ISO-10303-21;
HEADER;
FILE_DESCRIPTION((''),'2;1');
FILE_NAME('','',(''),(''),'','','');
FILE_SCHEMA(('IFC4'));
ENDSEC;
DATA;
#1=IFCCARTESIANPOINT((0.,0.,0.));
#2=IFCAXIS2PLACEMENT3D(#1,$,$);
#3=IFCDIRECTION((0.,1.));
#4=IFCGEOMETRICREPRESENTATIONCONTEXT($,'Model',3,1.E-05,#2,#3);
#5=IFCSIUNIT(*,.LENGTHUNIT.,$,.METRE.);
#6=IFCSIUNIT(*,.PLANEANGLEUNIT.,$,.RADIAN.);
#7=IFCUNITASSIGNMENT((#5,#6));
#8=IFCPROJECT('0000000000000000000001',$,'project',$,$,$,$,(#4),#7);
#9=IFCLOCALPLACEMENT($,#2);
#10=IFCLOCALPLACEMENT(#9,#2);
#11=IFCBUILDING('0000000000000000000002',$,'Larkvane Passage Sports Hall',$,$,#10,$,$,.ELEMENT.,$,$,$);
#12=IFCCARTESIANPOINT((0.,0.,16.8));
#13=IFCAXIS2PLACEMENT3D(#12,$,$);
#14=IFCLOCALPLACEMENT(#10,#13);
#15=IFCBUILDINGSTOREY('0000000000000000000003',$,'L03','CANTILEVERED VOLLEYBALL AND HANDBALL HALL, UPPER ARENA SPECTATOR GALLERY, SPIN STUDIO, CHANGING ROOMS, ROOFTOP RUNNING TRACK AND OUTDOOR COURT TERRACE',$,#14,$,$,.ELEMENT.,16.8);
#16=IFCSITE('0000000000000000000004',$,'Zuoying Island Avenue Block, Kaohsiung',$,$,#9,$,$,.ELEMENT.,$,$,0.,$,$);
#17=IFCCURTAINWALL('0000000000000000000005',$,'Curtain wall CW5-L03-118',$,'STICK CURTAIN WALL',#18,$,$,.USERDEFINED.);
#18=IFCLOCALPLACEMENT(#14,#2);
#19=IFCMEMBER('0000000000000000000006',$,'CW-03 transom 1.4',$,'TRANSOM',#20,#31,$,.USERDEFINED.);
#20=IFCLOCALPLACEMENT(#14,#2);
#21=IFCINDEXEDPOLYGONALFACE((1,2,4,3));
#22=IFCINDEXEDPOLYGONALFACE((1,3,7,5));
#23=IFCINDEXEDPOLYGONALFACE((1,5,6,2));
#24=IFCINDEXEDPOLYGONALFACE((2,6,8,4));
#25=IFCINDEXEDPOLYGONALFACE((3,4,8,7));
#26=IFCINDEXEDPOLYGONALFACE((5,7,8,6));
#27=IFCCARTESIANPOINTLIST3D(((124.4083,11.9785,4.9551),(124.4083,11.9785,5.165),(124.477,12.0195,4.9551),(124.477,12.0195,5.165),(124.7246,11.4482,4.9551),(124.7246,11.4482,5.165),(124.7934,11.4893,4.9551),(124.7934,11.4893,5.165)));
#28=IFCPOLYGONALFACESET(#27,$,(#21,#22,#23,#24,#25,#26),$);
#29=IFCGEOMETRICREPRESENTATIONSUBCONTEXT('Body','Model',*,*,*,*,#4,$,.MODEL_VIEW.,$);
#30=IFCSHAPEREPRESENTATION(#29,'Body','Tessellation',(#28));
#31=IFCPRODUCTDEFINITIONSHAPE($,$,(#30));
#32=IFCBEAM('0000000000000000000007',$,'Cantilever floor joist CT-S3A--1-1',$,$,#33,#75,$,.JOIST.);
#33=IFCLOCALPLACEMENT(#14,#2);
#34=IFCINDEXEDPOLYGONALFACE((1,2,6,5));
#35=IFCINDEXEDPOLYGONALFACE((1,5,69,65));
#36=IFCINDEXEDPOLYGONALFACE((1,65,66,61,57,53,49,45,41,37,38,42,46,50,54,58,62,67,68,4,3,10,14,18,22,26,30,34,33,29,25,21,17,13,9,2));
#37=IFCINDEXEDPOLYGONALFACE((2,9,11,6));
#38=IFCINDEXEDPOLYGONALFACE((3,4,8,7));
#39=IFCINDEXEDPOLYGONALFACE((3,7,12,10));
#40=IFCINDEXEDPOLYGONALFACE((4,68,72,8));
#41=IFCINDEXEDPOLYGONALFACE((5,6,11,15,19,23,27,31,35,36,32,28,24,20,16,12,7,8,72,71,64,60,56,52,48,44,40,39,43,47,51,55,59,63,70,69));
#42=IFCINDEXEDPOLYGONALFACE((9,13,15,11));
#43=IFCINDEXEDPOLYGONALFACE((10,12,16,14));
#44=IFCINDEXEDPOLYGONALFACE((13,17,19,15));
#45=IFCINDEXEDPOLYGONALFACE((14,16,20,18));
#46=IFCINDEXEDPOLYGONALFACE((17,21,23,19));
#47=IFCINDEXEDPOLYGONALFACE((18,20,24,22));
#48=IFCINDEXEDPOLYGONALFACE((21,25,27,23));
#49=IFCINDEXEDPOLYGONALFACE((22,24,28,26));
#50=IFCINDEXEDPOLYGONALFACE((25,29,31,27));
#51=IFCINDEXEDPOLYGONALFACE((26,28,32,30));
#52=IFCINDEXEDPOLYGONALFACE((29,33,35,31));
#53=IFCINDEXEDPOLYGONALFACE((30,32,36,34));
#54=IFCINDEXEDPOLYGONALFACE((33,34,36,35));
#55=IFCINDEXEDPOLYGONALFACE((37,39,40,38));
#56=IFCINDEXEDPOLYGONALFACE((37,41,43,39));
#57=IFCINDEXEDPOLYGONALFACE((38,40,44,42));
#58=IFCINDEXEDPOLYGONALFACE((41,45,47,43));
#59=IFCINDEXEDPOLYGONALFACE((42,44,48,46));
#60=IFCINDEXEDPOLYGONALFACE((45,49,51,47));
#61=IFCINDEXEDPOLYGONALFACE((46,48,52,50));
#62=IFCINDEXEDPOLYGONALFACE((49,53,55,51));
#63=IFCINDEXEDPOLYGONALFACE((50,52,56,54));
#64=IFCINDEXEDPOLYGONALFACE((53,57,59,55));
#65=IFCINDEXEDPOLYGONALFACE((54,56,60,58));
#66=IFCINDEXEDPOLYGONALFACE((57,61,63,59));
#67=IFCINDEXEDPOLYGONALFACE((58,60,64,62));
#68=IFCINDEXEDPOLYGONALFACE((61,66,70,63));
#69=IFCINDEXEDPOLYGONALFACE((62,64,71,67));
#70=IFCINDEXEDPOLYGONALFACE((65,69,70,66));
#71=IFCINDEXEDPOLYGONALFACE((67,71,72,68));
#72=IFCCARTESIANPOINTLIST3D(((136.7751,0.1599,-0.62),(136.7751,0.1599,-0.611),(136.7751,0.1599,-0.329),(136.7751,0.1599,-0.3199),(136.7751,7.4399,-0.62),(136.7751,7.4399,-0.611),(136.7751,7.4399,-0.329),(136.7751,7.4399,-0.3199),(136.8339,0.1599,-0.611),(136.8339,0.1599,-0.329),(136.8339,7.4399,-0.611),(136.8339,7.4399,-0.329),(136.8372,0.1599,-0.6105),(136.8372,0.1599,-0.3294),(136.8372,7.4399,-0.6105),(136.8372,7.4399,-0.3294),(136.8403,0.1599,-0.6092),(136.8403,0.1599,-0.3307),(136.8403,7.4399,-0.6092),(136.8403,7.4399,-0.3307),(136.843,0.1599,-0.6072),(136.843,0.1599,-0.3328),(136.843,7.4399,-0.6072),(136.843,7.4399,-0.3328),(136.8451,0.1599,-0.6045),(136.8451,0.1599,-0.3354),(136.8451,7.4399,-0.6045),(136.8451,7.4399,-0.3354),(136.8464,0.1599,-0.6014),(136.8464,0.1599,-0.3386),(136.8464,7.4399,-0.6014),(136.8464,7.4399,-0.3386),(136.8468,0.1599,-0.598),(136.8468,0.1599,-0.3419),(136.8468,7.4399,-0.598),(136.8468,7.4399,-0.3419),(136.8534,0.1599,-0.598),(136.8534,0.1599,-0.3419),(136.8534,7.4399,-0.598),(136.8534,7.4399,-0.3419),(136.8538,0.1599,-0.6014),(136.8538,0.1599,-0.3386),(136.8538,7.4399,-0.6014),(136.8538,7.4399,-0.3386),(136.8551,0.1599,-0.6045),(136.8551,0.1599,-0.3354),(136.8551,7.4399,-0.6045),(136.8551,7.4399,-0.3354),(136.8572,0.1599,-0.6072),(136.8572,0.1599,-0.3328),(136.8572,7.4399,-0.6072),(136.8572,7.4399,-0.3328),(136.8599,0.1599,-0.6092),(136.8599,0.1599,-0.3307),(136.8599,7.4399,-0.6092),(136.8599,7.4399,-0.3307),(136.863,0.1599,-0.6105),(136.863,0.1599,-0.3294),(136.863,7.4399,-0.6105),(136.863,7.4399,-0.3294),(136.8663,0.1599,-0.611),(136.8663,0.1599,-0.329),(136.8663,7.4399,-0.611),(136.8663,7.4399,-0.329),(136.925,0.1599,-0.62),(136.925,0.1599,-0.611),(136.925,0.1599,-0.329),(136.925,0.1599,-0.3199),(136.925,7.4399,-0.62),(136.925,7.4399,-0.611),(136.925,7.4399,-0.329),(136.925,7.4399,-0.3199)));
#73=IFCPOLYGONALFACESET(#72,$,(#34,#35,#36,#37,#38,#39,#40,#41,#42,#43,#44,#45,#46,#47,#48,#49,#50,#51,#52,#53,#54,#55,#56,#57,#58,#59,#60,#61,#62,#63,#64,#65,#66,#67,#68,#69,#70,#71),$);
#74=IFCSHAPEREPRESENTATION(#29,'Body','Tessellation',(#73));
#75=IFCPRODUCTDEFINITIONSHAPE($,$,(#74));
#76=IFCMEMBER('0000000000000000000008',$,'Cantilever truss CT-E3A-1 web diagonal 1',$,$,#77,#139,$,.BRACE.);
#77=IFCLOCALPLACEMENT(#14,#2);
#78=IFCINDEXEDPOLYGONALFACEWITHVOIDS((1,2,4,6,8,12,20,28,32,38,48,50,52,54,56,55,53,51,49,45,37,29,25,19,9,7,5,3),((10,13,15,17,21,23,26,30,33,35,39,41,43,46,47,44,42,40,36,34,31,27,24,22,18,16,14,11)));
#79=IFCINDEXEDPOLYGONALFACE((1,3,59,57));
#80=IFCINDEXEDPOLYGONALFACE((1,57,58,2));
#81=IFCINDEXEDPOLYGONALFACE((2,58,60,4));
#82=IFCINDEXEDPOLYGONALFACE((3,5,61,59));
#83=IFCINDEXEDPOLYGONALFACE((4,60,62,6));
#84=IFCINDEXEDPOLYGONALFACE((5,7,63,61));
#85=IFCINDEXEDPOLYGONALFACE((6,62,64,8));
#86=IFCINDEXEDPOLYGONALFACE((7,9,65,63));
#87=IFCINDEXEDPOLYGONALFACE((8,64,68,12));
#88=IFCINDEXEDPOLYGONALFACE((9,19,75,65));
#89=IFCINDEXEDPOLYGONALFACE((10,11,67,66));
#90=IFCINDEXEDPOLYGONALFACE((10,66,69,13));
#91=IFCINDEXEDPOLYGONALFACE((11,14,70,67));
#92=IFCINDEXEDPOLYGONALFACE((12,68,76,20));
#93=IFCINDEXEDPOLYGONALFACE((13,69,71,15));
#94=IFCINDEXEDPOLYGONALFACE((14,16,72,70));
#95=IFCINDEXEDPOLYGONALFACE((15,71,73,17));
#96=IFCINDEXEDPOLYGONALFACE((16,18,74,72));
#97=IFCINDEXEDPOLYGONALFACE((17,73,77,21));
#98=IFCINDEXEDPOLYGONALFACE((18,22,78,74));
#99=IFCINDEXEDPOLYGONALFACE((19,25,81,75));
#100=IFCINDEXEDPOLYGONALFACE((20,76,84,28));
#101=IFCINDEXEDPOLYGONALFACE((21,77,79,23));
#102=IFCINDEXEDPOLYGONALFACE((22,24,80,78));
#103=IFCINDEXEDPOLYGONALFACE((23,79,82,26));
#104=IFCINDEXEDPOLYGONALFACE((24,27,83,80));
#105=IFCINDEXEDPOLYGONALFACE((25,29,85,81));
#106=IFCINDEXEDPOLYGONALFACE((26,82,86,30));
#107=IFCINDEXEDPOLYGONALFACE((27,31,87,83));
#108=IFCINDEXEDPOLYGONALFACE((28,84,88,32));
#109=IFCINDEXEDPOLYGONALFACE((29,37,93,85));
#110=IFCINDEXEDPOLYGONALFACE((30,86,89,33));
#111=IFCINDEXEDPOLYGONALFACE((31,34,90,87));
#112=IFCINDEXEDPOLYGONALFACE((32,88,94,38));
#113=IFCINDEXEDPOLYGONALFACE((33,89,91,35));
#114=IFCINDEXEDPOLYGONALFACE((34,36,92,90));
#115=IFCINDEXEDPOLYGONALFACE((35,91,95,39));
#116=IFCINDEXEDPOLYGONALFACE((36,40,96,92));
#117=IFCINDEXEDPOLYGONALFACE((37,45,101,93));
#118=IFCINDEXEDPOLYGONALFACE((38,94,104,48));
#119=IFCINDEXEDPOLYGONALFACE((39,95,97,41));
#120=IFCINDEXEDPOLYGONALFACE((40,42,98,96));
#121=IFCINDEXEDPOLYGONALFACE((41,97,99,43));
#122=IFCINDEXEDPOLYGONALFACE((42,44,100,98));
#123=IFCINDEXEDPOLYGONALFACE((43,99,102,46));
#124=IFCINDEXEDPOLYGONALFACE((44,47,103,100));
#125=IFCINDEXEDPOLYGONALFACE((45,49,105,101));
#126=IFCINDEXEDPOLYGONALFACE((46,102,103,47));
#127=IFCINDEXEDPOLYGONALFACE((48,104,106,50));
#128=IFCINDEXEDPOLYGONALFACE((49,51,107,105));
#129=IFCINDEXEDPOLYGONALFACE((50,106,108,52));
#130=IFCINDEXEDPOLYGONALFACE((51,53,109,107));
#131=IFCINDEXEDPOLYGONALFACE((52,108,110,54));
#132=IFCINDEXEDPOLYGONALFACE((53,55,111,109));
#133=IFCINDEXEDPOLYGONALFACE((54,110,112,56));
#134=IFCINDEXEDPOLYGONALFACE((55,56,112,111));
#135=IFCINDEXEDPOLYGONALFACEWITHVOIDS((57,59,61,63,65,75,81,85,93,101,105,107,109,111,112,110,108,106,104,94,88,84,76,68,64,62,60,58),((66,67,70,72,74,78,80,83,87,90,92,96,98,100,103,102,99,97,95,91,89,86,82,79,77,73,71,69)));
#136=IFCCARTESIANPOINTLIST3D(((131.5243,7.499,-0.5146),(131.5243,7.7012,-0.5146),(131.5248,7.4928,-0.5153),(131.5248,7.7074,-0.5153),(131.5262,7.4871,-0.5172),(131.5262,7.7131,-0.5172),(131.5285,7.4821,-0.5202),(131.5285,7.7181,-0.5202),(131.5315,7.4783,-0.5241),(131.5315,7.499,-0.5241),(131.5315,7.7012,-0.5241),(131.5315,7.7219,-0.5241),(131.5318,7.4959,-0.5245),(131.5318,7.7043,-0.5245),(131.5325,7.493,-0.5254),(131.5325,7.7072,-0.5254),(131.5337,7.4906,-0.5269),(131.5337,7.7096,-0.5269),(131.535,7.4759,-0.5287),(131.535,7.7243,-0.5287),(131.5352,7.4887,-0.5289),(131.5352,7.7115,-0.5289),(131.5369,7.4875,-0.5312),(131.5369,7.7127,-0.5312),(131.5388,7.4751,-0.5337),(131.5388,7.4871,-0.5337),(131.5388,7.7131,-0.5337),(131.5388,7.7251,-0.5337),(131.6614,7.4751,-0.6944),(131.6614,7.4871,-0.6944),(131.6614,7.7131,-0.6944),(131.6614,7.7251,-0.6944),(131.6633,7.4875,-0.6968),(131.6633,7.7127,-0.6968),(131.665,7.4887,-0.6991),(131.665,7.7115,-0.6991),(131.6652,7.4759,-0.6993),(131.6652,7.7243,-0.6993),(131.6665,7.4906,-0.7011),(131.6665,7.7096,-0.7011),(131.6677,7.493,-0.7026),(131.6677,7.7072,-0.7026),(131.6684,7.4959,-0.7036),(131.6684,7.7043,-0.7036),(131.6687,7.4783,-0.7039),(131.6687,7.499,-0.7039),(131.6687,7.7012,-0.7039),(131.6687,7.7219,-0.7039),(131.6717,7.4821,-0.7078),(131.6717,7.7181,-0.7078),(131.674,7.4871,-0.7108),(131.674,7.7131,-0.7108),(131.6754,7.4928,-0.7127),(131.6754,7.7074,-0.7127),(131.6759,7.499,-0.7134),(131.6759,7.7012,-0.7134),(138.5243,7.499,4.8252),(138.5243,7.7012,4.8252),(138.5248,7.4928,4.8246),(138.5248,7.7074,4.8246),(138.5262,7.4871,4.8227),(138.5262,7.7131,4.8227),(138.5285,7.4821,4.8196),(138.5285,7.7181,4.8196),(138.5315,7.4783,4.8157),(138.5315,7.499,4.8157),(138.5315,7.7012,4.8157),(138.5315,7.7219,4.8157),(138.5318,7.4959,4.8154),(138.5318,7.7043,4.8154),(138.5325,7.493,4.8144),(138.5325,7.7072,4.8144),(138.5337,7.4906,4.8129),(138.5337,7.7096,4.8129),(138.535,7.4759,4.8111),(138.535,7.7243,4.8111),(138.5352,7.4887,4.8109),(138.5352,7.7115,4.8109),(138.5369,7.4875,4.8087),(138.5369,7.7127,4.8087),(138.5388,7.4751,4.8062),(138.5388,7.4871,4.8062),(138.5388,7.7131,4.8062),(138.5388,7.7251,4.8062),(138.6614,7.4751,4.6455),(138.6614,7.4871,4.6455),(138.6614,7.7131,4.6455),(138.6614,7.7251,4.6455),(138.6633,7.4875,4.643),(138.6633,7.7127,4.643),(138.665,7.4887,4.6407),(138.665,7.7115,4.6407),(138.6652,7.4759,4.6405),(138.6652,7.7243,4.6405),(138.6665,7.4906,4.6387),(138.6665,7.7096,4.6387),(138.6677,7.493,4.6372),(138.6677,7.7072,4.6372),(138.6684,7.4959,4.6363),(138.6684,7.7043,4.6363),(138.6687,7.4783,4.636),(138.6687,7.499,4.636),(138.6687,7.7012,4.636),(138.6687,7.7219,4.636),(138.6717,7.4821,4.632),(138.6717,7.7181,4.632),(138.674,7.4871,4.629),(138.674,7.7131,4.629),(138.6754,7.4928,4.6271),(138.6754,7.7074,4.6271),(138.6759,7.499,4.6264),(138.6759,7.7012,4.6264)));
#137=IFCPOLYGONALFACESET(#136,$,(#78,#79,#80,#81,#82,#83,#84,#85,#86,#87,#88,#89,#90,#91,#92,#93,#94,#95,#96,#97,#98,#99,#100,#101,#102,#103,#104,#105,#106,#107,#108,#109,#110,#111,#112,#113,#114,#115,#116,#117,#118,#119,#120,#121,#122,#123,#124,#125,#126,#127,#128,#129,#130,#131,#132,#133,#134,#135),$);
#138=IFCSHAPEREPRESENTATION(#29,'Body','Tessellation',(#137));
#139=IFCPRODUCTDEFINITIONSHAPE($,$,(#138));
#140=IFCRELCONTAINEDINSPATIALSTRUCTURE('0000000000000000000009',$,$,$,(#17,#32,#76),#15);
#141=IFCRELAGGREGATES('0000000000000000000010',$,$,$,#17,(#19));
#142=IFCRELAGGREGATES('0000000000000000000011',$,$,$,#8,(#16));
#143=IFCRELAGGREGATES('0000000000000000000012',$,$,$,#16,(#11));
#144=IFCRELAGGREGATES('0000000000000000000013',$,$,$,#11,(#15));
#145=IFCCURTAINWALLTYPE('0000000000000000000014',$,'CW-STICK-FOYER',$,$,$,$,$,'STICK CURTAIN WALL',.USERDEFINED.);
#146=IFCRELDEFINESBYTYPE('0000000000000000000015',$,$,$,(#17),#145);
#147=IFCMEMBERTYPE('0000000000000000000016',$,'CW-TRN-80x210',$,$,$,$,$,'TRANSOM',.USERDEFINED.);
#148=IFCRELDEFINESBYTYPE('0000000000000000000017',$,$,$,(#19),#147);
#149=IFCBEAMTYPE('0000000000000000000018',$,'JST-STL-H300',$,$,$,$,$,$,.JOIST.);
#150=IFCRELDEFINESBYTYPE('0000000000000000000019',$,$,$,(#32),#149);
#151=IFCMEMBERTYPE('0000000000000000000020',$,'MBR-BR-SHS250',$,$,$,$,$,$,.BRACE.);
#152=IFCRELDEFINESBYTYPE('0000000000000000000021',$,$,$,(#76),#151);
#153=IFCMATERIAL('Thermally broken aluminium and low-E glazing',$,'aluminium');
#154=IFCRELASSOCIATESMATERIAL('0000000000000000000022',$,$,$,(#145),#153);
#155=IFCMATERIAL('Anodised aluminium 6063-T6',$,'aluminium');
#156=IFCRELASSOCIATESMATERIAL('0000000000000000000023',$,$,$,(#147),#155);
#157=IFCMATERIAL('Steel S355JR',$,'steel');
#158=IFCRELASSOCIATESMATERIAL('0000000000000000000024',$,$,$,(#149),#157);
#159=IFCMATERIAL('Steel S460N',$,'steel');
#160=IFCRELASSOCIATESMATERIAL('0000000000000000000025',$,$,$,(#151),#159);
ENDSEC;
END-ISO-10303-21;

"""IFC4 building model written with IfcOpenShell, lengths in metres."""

from ifc_helpers import new_model, si_unit, direction, frame, origin, origin_2d, place, context, subcontext, project, spatial, rectangle, hollow_rectangle, i_section, extrude, material, material_profile, profile_set, type_object, element, aggregate, save


model = new_model("IFC4")

# Units and contexts
model_context = context("Model", 3, precision=1e-05, world=origin(), true_north=direction((0.0, 1.0)))
body_context = subcontext(model_context, "Body", "Model", "MODEL_VIEW")
ifc_project = project(units=[si_unit("LENGTHUNIT", "METRE"), si_unit("PLANEANGLEUNIT", "RADIAN")], contexts=[model_context])

# Site, building, storey
site_placement = place(None, origin())
site = spatial("IfcSite", under=ifc_project, at=site_placement, Name="Zuoying Island Avenue Block, Kaohsiung", CompositionType="ELEMENT", RefElevation=0.0)
building_placement = place(site_placement, origin())
building = spatial("IfcBuilding", under=site, at=building_placement, Name="Larkvane Passage Sports Hall", CompositionType="ELEMENT")
storey_placement = place(building_placement, frame((0.0, 0.0, 16.8)))
storey = spatial("IfcBuildingStorey", under=building, at=storey_placement, Name="L03", Description="CANTILEVERED VOLLEYBALL AND HANDBALL HALL, UPPER ARENA SPECTATOR GALLERY, SPIN STUDIO, CHANGING ROOMS, ROOFTOP RUNNING TRACK AND OUTDOOR COURT TERRACE", CompositionType="ELEMENT", Elevation=16.8)

# Shared definitions
ifc_material_1 = material(Name="Steel S355JR", Category="steel")
ifc_material_2 = material(Name="Steel S460N", Category="steel")

# Curtain wall, member
ifc_material_3 = material(Name="Thermally broken aluminium and low-E glazing", Category="aluminium")
curtain_wall_type = type_object("IfcCurtainWallType", Name="CW-STICK-FOYER", ElementType="STICK CURTAIN WALL", PredefinedType="USERDEFINED", material=ifc_material_3)
curtain_wall_placement = place(storey_placement, origin())
curtain_wall = element("IfcCurtainWall", 1, at=curtain_wall_placement, inside=storey, type_object=curtain_wall_type, Name="Curtain wall CW5-L03-118", ObjectType="STICK CURTAIN WALL", PredefinedType="USERDEFINED")
ifc_material_4 = material(Name="Anodised aluminium 6063-T6", Category="aluminium")
ifc_material_profile_1 = material_profile(ifc_material_4, rectangle(XDim=0.0801, YDim=0.21, at=origin_2d()), Name="ALU-TRN-80x210")
ifc_profile_set_1 = profile_set([ifc_material_profile_1], Name="Anodised aluminium 6063-T6")
member_type_1 = type_object("IfcMemberType", Name="CW-TRN-80x210", ElementType="TRANSOM", PredefinedType="USERDEFINED", material=ifc_profile_set_1)
member_1_placement = place(storey_placement, frame((124.759, 11.4688, 5.0601), z_axis=(-0.512401, 0.858746, 0.0), x_axis=(-0.858746, -0.512401, 0.0)))
member_1 = element("IfcMember", 2, at=member_1_placement, type_object=member_type_1, Name="CW-03 transom 1.4", ObjectType="TRANSOM", PredefinedType="USERDEFINED", context=body_context, shape_type="SweptSolid", body=[
    extrude(rectangle(XDim=0.0801, YDim=0.21, at=origin_2d()), origin(), (0.0, 0.0, 1.0), 0.6174),
])

# Beam
ifc_material_profile_2 = material_profile(ifc_material_1, i_section(OverallWidth=0.1499, OverallDepth=0.3, WebThickness=0.0066, FlangeThickness=0.009, FilletRadius=0.0129, at=origin_2d()), Name="H-300x150x6.5x9")
ifc_profile_set_2 = profile_set([ifc_material_profile_2], Name="Steel S355JR")
beam_type_1 = type_object("IfcBeamType", Name="JST-STL-H300", PredefinedType="JOIST", material=ifc_profile_set_2)
beam_1_placement = place(storey_placement, frame((136.8501, 0.1599, -0.47), z_axis=(0.0, 1.0, 0.0), x_axis=(-1.0, 0.0, 0.0)))
element("IfcBeam", 3, at=beam_1_placement, inside=storey, type_object=beam_type_1, Name="Cantilever floor joist CT-S3A--1-1", PredefinedType="JOIST", context=body_context, shape_type="SweptSolid", body=[
    extrude(i_section(OverallWidth=0.1499, OverallDepth=0.3, WebThickness=0.0066, FlangeThickness=0.009, FilletRadius=0.0129, at=origin_2d()), origin(), (0.0, 0.0, 1.0), 7.28),
])

# Member
ifc_material_profile_3 = material_profile(ifc_material_2, hollow_rectangle(XDim=0.25, YDim=0.25, WallThickness=0.012, InnerFilletRadius=0.012, OuterFilletRadius=0.0239, at=origin_2d()), Name="SHS-250x250x12")
ifc_profile_set_3 = profile_set([ifc_material_profile_3], Name="Steel S460N")
member_type_2 = type_object("IfcMemberType", Name="MBR-BR-SHS250", PredefinedType="BRACE", material=ifc_profile_set_3)
member_2_placement = place(storey_placement, frame((131.6001, 7.6001, -0.614), z_axis=(0.795075, 0.0, 0.606511), x_axis=(0.0, 1.0, 0.0)))
element("IfcMember", 4, at=member_2_placement, inside=storey, type_object=member_type_2, Name="Cantilever truss CT-E3A-1 web diagonal 1", PredefinedType="BRACE", context=body_context, shape_type="SweptSolid", body=[
    extrude(hollow_rectangle(XDim=0.25, YDim=0.25, WallThickness=0.012, InnerFilletRadius=0.012, OuterFilletRadius=0.0239, at=origin_2d()), origin(), (0.0, 0.0, 1.0), 8.8042),
])

aggregate(curtain_wall, [member_1])

save(model, "model.ifc")
